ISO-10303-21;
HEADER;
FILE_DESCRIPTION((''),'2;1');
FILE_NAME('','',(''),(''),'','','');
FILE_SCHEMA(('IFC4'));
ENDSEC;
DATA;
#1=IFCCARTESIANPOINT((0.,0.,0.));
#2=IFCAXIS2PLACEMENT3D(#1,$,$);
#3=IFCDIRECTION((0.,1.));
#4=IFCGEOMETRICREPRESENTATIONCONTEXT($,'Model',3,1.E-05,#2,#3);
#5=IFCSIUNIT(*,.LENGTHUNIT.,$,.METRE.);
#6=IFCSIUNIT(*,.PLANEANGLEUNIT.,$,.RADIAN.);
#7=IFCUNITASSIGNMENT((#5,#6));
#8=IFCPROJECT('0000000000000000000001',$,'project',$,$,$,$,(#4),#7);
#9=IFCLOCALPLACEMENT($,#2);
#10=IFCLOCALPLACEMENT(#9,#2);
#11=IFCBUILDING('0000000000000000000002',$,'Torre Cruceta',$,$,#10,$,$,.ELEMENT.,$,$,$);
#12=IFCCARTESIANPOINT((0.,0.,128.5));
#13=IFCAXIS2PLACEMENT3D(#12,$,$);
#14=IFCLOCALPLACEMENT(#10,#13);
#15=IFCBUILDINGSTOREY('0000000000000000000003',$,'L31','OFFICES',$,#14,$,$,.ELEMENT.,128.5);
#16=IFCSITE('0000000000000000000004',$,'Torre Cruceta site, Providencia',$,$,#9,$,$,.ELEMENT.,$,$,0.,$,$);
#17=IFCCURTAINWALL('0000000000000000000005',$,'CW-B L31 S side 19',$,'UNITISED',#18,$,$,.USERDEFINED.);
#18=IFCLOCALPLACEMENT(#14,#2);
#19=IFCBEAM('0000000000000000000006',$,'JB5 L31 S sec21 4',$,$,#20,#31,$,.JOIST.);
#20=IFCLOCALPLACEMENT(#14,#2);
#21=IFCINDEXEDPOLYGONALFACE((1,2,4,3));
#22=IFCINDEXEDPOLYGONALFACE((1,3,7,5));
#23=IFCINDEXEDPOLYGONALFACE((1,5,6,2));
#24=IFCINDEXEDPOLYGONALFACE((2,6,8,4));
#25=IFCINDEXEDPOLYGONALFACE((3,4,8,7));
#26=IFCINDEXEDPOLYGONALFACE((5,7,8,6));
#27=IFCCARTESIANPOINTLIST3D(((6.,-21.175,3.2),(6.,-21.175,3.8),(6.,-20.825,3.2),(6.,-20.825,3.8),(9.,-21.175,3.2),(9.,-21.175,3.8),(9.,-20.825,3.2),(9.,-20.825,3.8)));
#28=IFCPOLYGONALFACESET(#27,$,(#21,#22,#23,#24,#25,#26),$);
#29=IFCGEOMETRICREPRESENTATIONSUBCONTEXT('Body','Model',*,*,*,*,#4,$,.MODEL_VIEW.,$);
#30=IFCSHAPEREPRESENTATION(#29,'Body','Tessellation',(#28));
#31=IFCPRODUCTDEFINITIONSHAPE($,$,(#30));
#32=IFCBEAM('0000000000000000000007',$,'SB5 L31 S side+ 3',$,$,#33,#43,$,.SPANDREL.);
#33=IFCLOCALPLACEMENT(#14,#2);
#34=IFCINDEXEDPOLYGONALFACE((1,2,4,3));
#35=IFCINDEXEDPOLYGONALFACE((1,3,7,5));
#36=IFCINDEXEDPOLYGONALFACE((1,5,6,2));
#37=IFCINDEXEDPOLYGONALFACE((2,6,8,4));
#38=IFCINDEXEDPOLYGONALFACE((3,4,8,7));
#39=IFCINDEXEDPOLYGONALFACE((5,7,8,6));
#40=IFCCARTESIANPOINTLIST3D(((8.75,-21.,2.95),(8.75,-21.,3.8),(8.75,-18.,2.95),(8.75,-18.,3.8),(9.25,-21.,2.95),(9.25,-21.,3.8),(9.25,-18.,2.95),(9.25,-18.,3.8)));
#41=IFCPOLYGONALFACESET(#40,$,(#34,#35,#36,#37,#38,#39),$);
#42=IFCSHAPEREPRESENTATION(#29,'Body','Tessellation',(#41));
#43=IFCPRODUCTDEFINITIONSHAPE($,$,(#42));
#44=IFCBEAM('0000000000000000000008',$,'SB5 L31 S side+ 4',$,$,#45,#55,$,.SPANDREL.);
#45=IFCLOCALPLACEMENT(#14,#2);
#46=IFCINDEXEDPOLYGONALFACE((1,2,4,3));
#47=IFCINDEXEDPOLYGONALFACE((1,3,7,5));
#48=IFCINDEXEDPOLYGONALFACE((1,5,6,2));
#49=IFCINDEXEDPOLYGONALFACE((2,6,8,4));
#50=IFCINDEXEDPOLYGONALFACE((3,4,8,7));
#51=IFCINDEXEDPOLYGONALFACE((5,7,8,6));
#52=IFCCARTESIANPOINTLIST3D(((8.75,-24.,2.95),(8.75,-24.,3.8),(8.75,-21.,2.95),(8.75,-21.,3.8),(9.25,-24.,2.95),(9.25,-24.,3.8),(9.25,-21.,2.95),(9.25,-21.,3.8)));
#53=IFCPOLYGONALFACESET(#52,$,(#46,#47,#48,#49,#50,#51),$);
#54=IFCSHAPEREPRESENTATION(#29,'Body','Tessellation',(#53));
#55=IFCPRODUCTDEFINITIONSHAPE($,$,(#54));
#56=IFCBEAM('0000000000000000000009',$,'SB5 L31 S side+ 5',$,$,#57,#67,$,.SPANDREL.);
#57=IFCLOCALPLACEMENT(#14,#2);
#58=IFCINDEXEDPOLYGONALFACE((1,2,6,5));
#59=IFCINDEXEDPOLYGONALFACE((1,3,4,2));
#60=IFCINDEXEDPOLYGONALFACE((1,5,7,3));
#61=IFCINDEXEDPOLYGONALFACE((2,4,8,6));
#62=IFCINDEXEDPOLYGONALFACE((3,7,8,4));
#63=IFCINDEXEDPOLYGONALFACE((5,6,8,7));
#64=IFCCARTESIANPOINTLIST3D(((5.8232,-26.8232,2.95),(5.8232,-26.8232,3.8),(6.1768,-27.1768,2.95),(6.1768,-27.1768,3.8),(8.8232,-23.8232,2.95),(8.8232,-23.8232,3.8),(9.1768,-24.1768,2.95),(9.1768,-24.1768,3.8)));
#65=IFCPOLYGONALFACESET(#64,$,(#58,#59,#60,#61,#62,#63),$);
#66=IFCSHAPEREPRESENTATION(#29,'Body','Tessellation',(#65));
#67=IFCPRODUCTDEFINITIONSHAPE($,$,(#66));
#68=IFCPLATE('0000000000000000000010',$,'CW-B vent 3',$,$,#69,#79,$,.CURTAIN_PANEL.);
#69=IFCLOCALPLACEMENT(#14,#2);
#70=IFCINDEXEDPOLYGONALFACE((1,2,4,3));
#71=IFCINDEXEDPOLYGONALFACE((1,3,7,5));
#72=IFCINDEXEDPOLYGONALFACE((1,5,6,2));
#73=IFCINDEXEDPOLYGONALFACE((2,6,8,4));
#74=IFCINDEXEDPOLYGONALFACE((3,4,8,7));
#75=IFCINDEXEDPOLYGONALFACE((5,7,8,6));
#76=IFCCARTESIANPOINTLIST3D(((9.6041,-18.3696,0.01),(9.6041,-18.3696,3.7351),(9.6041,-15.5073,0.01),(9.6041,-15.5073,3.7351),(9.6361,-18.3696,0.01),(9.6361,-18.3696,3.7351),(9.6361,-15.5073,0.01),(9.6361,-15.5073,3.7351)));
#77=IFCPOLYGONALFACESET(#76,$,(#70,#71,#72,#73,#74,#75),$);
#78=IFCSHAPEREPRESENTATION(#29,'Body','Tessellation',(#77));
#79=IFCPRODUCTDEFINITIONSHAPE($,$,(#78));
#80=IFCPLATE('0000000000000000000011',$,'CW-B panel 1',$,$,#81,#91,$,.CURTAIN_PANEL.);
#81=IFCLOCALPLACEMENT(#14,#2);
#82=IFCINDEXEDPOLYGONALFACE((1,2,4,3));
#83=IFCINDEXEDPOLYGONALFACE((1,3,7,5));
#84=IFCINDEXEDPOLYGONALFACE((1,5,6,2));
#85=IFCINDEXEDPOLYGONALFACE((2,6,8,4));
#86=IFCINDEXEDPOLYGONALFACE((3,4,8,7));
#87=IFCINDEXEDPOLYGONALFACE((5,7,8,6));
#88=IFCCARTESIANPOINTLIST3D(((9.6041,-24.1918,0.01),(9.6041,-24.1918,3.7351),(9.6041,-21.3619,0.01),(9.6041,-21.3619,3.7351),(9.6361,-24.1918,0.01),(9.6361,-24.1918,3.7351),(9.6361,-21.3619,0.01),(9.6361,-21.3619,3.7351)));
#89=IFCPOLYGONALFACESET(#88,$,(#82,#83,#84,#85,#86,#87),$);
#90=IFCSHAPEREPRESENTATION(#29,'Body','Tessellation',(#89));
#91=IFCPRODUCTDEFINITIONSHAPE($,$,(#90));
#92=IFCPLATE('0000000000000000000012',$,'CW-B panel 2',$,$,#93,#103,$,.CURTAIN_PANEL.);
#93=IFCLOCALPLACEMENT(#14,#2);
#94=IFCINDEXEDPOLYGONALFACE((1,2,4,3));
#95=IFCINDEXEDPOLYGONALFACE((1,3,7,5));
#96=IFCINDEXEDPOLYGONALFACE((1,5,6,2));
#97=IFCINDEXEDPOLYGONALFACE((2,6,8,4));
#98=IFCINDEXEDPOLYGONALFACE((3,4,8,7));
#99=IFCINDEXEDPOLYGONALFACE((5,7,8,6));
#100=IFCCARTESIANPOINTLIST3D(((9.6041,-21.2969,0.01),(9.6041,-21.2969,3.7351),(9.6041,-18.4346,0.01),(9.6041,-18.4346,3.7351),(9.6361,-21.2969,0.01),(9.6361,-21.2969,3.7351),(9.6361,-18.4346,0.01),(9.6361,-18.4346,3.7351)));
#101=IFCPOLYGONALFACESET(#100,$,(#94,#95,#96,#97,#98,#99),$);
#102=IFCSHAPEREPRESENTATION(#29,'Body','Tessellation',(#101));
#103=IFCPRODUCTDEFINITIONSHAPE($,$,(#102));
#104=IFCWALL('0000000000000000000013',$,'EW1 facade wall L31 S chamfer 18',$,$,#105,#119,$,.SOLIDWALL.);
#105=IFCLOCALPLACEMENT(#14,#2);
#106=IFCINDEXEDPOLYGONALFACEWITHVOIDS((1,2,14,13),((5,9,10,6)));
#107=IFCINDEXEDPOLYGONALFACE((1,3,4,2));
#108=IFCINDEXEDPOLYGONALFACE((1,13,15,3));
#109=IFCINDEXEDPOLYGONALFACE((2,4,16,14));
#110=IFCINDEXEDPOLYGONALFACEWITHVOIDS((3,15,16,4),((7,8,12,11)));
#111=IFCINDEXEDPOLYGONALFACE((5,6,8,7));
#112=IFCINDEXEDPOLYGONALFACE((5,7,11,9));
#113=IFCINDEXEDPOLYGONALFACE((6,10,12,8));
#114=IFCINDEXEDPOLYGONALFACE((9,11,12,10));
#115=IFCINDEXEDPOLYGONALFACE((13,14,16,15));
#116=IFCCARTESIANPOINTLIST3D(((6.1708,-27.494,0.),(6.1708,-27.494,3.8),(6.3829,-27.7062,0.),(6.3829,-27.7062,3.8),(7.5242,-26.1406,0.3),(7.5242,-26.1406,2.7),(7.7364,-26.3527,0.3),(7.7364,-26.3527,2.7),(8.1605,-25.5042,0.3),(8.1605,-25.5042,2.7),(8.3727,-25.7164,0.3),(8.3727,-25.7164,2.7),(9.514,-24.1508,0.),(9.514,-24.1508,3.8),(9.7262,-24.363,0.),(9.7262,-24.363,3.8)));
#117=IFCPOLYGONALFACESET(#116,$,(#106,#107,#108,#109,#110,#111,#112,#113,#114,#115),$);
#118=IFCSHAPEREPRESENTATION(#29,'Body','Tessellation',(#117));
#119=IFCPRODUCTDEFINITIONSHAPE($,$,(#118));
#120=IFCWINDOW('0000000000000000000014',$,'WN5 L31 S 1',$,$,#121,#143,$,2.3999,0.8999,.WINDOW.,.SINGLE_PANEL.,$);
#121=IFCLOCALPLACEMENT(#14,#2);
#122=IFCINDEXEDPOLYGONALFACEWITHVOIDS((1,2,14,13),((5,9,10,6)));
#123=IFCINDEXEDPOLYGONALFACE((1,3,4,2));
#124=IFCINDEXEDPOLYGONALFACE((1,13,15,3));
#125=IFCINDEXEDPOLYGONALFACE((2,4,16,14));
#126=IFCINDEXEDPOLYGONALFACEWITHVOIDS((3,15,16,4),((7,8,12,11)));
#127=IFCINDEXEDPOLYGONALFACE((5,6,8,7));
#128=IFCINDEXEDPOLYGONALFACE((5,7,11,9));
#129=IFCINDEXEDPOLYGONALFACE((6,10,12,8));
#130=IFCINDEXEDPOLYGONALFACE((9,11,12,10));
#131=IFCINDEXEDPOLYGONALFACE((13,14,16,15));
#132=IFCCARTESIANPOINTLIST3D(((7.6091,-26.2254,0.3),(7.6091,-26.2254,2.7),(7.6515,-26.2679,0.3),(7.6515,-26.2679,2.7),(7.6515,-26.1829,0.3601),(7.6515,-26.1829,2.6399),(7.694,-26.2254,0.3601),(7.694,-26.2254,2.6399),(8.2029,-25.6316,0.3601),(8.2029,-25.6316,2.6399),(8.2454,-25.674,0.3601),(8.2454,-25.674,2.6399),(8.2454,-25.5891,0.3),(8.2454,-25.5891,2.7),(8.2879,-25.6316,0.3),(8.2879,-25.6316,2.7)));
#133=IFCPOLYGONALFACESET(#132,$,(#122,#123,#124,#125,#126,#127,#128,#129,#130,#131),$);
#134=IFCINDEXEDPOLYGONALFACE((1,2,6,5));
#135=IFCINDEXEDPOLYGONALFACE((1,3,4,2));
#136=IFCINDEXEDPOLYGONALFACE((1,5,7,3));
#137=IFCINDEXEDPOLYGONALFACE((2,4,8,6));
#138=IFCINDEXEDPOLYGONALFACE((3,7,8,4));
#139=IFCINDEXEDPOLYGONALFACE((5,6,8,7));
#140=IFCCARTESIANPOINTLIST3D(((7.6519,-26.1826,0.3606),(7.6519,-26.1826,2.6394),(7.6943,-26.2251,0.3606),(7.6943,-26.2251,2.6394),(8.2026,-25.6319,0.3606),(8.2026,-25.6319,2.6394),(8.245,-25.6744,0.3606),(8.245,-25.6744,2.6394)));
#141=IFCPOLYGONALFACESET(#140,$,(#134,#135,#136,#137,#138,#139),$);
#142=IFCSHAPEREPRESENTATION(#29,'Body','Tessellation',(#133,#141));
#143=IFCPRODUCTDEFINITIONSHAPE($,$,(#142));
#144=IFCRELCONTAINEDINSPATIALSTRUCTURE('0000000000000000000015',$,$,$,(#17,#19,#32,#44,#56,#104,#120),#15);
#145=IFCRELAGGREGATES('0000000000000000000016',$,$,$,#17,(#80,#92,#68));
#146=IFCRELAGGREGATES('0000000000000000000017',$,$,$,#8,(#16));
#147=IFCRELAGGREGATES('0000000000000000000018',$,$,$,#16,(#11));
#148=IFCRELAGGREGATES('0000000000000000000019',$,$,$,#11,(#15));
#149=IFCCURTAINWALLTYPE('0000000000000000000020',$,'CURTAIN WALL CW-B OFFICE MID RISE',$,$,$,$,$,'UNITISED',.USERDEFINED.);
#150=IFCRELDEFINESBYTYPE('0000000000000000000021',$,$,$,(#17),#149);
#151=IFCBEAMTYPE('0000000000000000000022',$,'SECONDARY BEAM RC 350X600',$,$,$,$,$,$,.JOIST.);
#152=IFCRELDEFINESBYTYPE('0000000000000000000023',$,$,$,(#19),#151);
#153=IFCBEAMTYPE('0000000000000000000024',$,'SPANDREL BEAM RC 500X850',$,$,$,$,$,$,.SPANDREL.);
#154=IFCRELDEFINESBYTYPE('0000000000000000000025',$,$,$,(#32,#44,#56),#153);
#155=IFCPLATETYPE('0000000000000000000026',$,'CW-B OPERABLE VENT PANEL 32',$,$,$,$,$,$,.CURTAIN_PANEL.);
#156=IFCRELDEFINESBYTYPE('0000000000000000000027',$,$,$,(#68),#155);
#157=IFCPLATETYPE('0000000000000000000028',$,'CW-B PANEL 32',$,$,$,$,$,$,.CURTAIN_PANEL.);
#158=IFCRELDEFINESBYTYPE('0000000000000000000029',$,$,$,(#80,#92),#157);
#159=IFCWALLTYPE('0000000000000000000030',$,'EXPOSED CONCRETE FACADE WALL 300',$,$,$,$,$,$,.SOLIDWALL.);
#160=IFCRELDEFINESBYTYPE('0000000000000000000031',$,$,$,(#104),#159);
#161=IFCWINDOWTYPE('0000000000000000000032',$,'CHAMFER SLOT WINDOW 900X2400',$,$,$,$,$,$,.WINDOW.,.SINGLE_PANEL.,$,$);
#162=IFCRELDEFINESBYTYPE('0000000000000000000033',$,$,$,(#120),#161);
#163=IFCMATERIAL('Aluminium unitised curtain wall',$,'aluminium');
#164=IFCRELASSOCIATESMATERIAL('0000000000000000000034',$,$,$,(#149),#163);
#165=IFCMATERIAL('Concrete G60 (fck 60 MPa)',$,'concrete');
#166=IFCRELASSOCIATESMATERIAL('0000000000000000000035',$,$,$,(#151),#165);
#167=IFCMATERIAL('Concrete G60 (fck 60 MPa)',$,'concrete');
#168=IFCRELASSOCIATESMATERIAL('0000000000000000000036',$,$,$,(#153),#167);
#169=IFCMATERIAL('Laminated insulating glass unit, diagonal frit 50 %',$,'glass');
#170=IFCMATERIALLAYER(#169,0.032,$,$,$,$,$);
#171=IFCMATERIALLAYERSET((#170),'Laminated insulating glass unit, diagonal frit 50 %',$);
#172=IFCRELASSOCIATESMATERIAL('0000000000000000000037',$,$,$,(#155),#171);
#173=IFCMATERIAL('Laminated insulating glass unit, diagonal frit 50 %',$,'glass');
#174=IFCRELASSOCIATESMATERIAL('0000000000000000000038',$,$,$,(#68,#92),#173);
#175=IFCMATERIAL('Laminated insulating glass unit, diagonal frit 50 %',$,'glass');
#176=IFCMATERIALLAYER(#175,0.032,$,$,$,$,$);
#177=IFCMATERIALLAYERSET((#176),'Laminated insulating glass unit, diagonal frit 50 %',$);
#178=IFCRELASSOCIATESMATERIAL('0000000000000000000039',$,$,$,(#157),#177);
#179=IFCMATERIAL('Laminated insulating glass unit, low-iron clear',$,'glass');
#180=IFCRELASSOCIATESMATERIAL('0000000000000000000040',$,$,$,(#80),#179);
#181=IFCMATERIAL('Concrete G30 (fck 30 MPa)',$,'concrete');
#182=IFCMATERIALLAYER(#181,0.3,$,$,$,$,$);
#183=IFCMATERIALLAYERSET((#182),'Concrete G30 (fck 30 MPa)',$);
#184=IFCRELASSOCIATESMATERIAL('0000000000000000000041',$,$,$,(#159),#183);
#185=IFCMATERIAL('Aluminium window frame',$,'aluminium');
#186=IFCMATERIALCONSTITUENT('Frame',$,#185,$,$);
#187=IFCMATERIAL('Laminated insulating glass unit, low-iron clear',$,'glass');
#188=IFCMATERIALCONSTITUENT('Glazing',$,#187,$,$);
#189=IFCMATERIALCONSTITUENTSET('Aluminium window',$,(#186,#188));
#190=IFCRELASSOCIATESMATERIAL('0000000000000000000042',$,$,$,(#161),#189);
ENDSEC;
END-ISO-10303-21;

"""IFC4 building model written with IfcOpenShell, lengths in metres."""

from ifc_helpers import new_model, si_unit, direction, frame, frame_2d, origin, origin_2d, place, context, subcontext, project, spatial, rectangle, hollow_rectangle, extrude, material, layer, layer_set, constituent, constituent_set, material_profile, profile_set, type_object, element, fill, aggregate, save


model = new_model("IFC4")

# Units and contexts
model_context = context("Model", 3, precision=1e-05, world=origin(), true_north=direction((0.0, 1.0)))
body_context = subcontext(model_context, "Body", "Model", "MODEL_VIEW")
ifc_project = project(units=[si_unit("LENGTHUNIT", "METRE"), si_unit("PLANEANGLEUNIT", "RADIAN")], contexts=[model_context])

# Site, building, storey
site_placement = place(None, origin())
site = spatial("IfcSite", under=ifc_project, at=site_placement, Name="Torre Cruceta site, Providencia", CompositionType="ELEMENT", RefElevation=0.0)
building_placement = place(site_placement, origin())
building = spatial("IfcBuilding", under=site, at=building_placement, Name="Torre Cruceta", CompositionType="ELEMENT")
storey_placement = place(building_placement, frame((0.0, 0.0, 128.5)))
storey = spatial("IfcBuildingStorey", under=building, at=storey_placement, Name="L31", Description="OFFICES", CompositionType="ELEMENT", Elevation=128.5)

# Curtain wall
ifc_material_1 = material(Name="Aluminium unitised curtain wall", Category="aluminium")
curtain_wall_type = type_object("IfcCurtainWallType", Name="CURTAIN WALL CW-B OFFICE MID RISE", ElementType="UNITISED", PredefinedType="USERDEFINED", material=ifc_material_1)
curtain_wall_placement = place(storey_placement, origin())
curtain_wall = element("IfcCurtainWall", 1, at=curtain_wall_placement, inside=storey, type_object=curtain_wall_type, Name="CW-B L31 S side 19", ObjectType="UNITISED", PredefinedType="USERDEFINED")

# Beams
ifc_material_2 = material(Name="Concrete G60 (fck 60 MPa)", Category="concrete")
ifc_material_profile_1 = material_profile(ifc_material_2, rectangle(XDim=0.3501, YDim=0.6001, at=origin_2d()), Name="RC 350X600")
ifc_profile_set_1 = profile_set([ifc_material_profile_1], Name="Concrete G60 (fck 60 MPa)")
beam_type_1 = type_object("IfcBeamType", Name="SECONDARY BEAM RC 350X600", PredefinedType="JOIST", material=ifc_profile_set_1)
beam_1_placement = place(storey_placement, frame((6.0, -21.0, 3.5), z_axis=(1.0, 0.0, 0.0), x_axis=(0.0, 1.0, 0.0)))
element("IfcBeam", 2, at=beam_1_placement, inside=storey, type_object=beam_type_1, Name="JB5 L31 S sec21 4", PredefinedType="JOIST", context=body_context, shape_type="SweptSolid", body=[
    extrude(rectangle(XDim=0.3501, YDim=0.6001, at=origin_2d()), origin(), (0.0, 0.0, 1.0), 3.0),
])
ifc_material_3 = material(Name="Concrete G60 (fck 60 MPa)", Category="concrete")
ifc_material_profile_2 = material_profile(ifc_material_3, rectangle(XDim=0.5, YDim=0.8501, at=origin_2d()), Name="RC 500X850")
ifc_profile_set_2 = profile_set([ifc_material_profile_2], Name="Concrete G60 (fck 60 MPa)")
beam_type_2 = type_object("IfcBeamType", Name="SPANDREL BEAM RC 500X850", PredefinedType="SPANDREL", material=ifc_profile_set_2)
for number, where, z_axis, x_axis, name in (
    (3, (9.0, -18.0, 3.375), (0.0, -1.0, 0.0), (1.0, 0.0, 0.0), "SB5 L31 S side+ 3"),
    (4, (9.0, -21.0, 3.375), (0.0, -1.0, 0.0), (1.0, 0.0, 0.0), "SB5 L31 S side+ 4"),
):
    element("IfcBeam", number, at=place(storey_placement, frame(where, z_axis=z_axis, x_axis=x_axis)), inside=storey, type_object=beam_type_2, Name=name, PredefinedType="SPANDREL", context=body_context, shape_type="SweptSolid", body=[
        extrude(rectangle(XDim=0.5, YDim=0.8501, at=origin_2d()), origin(), (0.0, 0.0, 1.0), 3.0),
    ])
beam_2_placement = place(storey_placement, frame((9.0, -24.0, 3.375), z_axis=(-0.707107, -0.707107, 0.0), x_axis=(0.707107, -0.707107, 0.0)))
element("IfcBeam", 5, at=beam_2_placement, inside=storey, type_object=beam_type_2, Name="SB5 L31 S side+ 5", PredefinedType="SPANDREL", context=body_context, shape_type="SweptSolid", body=[
    extrude(rectangle(XDim=0.5, YDim=0.8501, at=origin_2d()), origin(), (0.0, 0.0, 1.0), 4.2427),
])

# Plates
ifc_material_4 = material(Name="Laminated insulating glass unit, diagonal frit 50 %", Category="glass")
ifc_material_5 = material(Name="Laminated insulating glass unit, diagonal frit 50 %", Category="glass")
ifc_layer_1 = layer(ifc_material_5, 0.032)
ifc_layer_set_1 = layer_set([ifc_layer_1], Name="Laminated insulating glass unit, diagonal frit 50 %")
plate_type_1 = type_object("IfcPlateType", Name="CW-B OPERABLE VENT PANEL 32", PredefinedType="CURTAIN_PANEL", material=ifc_layer_set_1)
plate_1_placement = place(storey_placement, frame((9.6201, -16.9385, 0.01), z_axis=(0.0, 0.0, 1.0), x_axis=(0.0, 1.0, 0.0)))
plate_1 = element("IfcPlate", 6, at=plate_1_placement, type_object=plate_type_1, material=ifc_material_4, Name="CW-B vent 3", PredefinedType="CURTAIN_PANEL", context=body_context, shape_type="SweptSolid", body=[
    extrude(rectangle(XDim=2.8623, YDim=0.032, at=origin_2d()), origin(), (0.0, 0.0, 1.0), 3.7251),
])
ifc_material_6 = material(Name="Laminated insulating glass unit, low-iron clear", Category="glass")
ifc_material_7 = material(Name="Laminated insulating glass unit, diagonal frit 50 %", Category="glass")
ifc_layer_2 = layer(ifc_material_7, 0.032)
ifc_layer_set_2 = layer_set([ifc_layer_2], Name="Laminated insulating glass unit, diagonal frit 50 %")
plate_type_2 = type_object("IfcPlateType", Name="CW-B PANEL 32", PredefinedType="CURTAIN_PANEL", material=ifc_layer_set_2)
plate_2_placement = place(storey_placement, frame((9.6201, -22.7769, 0.01), z_axis=(0.0, 0.0, 1.0), x_axis=(0.0, 1.0, 0.0)))
plate_2 = element("IfcPlate", 7, at=plate_2_placement, type_object=plate_type_2, material=ifc_material_6, Name="CW-B panel 1", PredefinedType="CURTAIN_PANEL", context=body_context, shape_type="SweptSolid", body=[
    extrude(rectangle(XDim=2.8298, YDim=0.032, at=origin_2d()), origin(), (0.0, 0.0, 1.0), 3.7251),
])
plate_3_placement = place(storey_placement, frame((9.6201, -19.8657, 0.01), z_axis=(0.0, 0.0, 1.0), x_axis=(0.0, 1.0, 0.0)))
plate_3 = element("IfcPlate", 8, at=plate_3_placement, type_object=plate_type_2, material=ifc_material_4, Name="CW-B panel 2", PredefinedType="CURTAIN_PANEL", context=body_context, shape_type="SweptSolid", body=[
    extrude(rectangle(XDim=2.8623, YDim=0.032, at=origin_2d()), origin(), (0.0, 0.0, 1.0), 3.7251),
])
aggregate(curtain_wall, [plate_2, plate_3, plate_1])

# Wall, opening, window
ifc_material_8 = material(Name="Concrete G30 (fck 30 MPa)", Category="concrete")
ifc_layer_3 = layer(ifc_material_8, 0.3)
ifc_layer_set_3 = layer_set([ifc_layer_3], Name="Concrete G30 (fck 30 MPa)")
wall_type_1 = type_object("IfcWallType", Name="EXPOSED CONCRETE FACADE WALL 300", PredefinedType="SOLIDWALL", material=ifc_layer_set_3)
wall_1_placement = place(storey_placement, frame((6.2769, -27.6001, 0.0), z_axis=(0.0, 0.0, 1.0), x_axis=(0.707107, 0.707107, 0.0)))
wall_1 = element("IfcWall", 9, at=wall_1_placement, inside=storey, type_object=wall_type_1, Name="EW1 facade wall L31 S chamfer 18", PredefinedType="SOLIDWALL", context=body_context, shape_type="SweptSolid", body=[
    extrude(rectangle(XDim=4.728, YDim=0.3, at=frame_2d((2.364, 0.0))), origin(), (0.0, 0.0, 1.0), 3.8),
])
opening_1_placement = place(wall_1_placement, frame((1.9141, 0.0, 0.3)))
opening_1 = element("IfcOpeningElement", 10, at=opening_1_placement, cuts=wall_1, PredefinedType="OPENING", context=body_context, shape_type="SweptSolid", body=[
    extrude(rectangle(XDim=0.8999, YDim=2.3999, at=frame_2d((0.45, 1.2))), frame((0.0, 0.1599, 0.0), z_axis=(0.0, -1.0, 0.0), x_axis=(1.0, 0.0, 0.0)), (0.0, 0.0, 1.0), 0.3201),
])
ifc_material_9 = material(Name="Aluminium window frame", Category="aluminium")
ifc_constituent_1 = constituent(ifc_material_9, Name="Frame")
ifc_material_10 = material(Name="Laminated insulating glass unit, low-iron clear", Category="glass")
ifc_constituent_2 = constituent(ifc_material_10, Name="Glazing")
ifc_constituent_set_1 = constituent_set(constituents=[ifc_constituent_1, ifc_constituent_2], Name="Aluminium window")
window_type = type_object("IfcWindowType", Name="CHAMFER SLOT WINDOW 900X2400", PartitioningType="SINGLE_PANEL", PredefinedType="WINDOW", material=ifc_constituent_set_1)
window_placement = place(opening_1_placement, origin())
window = element("IfcWindow", 11, at=window_placement, inside=storey, type_object=window_type, Name="WN5 L31 S 1", OverallHeight=2.3999, OverallWidth=0.8999, PartitioningType="SINGLE_PANEL", PredefinedType="WINDOW", context=body_context, shape_type="SweptSolid", body=[
    extrude(hollow_rectangle(XDim=0.8999, YDim=2.3999, WallThickness=0.0601, at=frame_2d((0.45, 1.2))), frame((0.0, 0.03, 0.0), z_axis=(0.0, -1.0, 0.0), x_axis=(1.0, 0.0, 0.0)), (0.0, 0.0, 1.0), 0.0601),
    extrude(rectangle(XDim=0.7788, YDim=2.2788, at=frame_2d((0.45, 1.2))), frame((0.0, 0.03, 0.0), z_axis=(0.0, -1.0, 0.0), x_axis=(1.0, 0.0, 0.0)), (0.0, 0.0, 1.0), 0.0601),
])
fill(opening_1, window)

save(model, "model.ifc")
